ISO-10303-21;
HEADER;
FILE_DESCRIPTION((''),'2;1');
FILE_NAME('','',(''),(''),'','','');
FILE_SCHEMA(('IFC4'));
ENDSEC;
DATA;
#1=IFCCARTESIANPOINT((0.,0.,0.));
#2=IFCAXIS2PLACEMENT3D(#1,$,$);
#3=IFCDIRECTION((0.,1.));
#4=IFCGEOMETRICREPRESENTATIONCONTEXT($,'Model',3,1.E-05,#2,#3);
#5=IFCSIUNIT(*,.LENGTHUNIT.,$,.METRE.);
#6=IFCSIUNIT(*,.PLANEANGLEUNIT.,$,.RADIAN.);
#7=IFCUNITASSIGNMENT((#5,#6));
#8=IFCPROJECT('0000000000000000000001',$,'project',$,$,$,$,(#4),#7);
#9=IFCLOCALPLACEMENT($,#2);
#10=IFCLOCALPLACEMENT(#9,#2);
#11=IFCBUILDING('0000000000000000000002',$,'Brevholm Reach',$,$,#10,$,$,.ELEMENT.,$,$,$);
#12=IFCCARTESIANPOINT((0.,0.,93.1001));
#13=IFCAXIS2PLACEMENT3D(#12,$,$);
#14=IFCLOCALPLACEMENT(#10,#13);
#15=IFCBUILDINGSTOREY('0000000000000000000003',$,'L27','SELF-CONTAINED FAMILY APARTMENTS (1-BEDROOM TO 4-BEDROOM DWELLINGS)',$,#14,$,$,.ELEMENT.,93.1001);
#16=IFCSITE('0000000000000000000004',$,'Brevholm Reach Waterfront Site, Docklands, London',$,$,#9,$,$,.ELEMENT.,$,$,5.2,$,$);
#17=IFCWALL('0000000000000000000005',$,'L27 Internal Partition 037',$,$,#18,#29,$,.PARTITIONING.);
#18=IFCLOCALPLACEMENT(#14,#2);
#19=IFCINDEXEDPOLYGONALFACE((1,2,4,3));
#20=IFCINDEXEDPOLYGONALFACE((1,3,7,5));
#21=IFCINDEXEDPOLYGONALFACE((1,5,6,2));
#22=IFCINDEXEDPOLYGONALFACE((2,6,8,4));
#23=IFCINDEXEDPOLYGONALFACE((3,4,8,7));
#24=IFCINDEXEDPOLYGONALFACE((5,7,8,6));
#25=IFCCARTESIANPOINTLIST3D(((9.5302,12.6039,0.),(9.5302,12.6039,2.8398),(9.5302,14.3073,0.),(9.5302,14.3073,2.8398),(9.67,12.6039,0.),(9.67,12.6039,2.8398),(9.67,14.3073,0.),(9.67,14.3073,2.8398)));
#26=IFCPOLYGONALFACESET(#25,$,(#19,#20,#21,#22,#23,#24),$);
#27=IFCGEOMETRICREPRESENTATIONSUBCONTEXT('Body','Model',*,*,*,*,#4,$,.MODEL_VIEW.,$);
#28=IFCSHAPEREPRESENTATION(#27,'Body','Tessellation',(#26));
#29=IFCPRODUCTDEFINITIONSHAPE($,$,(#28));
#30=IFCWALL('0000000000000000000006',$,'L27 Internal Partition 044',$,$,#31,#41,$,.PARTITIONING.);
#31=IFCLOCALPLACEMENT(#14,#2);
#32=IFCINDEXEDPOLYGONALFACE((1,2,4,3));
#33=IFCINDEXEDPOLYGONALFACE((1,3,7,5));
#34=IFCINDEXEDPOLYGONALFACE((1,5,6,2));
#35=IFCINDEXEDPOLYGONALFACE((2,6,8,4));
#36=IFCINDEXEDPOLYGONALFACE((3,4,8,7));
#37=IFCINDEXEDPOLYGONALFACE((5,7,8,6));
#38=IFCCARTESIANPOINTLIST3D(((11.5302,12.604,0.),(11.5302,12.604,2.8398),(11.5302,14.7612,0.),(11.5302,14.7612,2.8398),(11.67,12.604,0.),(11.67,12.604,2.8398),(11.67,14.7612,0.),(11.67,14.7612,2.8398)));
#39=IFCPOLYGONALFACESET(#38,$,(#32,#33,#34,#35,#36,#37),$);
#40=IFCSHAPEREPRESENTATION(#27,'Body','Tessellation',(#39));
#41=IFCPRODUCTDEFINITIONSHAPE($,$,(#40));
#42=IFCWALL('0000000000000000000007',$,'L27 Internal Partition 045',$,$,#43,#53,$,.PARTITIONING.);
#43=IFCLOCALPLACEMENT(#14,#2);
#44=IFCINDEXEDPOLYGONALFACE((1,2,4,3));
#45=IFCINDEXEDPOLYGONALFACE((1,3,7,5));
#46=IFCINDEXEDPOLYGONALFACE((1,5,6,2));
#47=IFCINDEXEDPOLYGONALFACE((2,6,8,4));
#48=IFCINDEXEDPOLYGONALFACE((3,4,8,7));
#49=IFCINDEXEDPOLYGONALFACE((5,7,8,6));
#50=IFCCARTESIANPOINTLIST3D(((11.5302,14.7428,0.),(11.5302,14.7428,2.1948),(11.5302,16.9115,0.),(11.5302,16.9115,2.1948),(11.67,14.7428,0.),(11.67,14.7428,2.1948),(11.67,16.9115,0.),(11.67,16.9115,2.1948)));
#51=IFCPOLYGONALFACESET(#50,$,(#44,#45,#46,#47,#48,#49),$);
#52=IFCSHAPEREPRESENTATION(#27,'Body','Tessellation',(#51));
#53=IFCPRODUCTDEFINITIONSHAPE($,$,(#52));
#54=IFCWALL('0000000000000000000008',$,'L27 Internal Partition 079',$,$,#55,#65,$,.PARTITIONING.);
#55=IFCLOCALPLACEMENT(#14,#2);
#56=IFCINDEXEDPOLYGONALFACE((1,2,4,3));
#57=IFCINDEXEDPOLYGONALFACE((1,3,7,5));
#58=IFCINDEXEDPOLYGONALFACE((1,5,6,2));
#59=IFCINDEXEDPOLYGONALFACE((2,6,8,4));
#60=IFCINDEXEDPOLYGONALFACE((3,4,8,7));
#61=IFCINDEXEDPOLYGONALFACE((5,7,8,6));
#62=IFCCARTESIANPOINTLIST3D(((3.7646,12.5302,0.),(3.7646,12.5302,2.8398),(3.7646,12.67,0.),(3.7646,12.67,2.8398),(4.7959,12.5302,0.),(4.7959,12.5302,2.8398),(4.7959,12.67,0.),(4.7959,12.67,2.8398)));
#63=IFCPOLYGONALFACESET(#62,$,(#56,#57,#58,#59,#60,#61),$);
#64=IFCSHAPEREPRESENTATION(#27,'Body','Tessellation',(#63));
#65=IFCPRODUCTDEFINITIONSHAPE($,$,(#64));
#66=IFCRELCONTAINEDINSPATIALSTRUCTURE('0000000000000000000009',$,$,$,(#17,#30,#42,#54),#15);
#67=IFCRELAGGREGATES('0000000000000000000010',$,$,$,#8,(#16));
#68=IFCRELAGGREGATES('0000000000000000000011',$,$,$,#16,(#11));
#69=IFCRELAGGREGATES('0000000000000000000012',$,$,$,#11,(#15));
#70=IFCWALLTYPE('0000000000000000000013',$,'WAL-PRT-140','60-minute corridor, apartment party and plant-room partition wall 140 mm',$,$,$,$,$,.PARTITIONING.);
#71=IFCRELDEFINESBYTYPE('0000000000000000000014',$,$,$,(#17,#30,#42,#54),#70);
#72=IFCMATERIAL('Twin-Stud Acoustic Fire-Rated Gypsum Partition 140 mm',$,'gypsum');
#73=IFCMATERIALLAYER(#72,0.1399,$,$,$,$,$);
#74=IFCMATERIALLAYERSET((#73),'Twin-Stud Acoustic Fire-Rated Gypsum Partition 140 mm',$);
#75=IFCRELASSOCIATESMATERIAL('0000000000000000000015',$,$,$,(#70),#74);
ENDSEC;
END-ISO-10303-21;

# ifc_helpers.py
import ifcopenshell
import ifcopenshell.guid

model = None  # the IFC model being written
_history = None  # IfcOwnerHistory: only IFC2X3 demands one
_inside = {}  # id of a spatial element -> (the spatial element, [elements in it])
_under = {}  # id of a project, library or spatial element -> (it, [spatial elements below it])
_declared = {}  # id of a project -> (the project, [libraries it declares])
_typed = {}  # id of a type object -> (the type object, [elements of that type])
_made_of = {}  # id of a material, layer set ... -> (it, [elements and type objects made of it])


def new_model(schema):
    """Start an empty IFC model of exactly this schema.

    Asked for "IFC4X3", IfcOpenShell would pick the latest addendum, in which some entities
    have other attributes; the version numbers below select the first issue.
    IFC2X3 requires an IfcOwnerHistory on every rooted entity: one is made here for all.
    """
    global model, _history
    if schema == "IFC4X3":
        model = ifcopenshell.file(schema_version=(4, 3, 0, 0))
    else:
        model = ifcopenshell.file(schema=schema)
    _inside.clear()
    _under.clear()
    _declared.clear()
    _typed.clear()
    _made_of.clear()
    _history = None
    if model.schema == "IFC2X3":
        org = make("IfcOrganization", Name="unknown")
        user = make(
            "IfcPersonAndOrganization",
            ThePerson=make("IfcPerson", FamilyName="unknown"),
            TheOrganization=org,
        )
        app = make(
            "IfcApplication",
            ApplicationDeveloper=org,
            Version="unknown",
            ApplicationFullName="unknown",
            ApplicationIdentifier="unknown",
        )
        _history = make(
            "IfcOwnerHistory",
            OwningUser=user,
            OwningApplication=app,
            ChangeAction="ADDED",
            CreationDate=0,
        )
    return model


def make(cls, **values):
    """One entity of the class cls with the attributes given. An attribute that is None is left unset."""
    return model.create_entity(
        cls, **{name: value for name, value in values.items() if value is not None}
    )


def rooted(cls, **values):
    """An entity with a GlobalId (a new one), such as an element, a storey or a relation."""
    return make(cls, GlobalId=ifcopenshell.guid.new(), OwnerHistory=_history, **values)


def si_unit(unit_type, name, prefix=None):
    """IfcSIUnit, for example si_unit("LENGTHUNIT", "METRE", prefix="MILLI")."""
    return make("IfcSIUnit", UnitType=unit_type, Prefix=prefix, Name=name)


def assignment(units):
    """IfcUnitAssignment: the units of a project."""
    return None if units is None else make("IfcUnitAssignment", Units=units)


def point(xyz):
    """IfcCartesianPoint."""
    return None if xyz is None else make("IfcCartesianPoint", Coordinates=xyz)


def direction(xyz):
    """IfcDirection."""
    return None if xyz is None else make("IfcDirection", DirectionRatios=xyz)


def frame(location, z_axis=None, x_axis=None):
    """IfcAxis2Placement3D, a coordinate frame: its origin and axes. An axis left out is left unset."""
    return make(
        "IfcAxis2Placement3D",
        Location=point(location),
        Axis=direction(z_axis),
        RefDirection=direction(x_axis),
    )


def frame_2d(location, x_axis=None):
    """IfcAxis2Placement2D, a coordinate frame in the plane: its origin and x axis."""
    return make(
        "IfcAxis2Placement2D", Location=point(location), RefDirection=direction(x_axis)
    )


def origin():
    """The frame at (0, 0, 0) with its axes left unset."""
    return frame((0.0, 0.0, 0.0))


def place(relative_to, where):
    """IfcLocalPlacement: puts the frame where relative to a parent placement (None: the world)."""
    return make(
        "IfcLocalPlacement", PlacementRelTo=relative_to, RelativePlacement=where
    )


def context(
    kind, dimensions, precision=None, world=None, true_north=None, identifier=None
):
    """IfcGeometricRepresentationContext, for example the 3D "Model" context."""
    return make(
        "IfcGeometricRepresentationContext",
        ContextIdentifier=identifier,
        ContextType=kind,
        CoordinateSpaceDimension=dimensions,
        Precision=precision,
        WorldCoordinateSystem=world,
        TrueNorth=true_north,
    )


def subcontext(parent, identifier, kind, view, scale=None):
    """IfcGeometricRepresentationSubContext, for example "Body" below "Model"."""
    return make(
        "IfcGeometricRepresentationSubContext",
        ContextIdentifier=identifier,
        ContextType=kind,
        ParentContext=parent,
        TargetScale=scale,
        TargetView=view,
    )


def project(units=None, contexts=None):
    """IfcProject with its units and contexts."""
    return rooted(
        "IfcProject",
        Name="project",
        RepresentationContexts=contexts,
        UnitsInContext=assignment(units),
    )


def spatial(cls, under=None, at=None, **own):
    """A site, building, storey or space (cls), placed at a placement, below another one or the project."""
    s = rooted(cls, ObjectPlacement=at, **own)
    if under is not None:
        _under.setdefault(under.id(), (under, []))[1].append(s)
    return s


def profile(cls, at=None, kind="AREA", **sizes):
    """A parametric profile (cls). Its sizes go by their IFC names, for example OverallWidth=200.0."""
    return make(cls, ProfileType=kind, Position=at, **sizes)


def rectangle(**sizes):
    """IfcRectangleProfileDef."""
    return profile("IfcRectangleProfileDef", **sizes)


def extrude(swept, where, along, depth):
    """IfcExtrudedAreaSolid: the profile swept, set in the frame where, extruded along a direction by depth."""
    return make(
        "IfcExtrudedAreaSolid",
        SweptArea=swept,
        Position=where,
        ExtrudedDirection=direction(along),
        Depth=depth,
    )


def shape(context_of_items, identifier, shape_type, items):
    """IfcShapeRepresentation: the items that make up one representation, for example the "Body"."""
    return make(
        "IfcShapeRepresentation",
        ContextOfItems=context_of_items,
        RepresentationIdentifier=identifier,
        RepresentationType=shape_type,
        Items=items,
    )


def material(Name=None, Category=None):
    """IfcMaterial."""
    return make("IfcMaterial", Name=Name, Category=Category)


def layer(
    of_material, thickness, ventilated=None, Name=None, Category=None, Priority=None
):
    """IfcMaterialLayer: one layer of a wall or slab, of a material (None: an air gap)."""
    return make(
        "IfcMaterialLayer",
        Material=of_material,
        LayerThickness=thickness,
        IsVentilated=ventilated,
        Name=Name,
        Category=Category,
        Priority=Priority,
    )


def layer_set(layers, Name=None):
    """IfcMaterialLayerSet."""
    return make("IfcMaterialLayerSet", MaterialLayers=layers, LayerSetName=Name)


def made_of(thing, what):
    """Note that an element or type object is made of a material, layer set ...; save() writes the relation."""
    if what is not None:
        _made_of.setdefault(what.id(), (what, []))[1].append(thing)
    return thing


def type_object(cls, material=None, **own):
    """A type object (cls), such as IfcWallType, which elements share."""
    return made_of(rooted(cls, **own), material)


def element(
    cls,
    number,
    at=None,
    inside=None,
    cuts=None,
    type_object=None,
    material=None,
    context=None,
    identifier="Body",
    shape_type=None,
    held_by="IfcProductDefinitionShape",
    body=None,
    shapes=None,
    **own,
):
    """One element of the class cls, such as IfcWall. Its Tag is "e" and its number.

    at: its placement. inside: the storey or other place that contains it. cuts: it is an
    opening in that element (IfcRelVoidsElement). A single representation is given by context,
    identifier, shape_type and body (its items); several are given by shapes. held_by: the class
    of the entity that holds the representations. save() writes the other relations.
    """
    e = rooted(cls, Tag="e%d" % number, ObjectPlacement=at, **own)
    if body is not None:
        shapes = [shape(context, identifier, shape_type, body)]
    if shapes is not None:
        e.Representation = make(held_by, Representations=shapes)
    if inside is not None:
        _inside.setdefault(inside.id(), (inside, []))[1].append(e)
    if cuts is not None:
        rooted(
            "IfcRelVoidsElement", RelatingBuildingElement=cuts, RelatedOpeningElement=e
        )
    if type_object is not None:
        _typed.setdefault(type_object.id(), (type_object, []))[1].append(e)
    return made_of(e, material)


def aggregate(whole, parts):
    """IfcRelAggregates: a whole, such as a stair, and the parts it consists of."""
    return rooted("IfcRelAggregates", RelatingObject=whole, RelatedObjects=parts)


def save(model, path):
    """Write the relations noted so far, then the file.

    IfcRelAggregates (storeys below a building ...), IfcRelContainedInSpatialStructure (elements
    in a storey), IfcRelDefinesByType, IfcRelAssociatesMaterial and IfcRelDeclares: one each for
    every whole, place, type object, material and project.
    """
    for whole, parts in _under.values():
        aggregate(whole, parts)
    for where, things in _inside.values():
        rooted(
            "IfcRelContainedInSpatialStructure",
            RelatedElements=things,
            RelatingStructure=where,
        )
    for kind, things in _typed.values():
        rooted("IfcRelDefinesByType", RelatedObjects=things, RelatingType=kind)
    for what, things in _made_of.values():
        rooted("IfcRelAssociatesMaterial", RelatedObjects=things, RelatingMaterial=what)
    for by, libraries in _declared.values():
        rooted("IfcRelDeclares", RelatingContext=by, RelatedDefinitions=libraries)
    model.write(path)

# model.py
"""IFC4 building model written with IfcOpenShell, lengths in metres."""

from ifc_helpers import new_model, si_unit, direction, frame, frame_2d, origin, place, context, subcontext, project, spatial, rectangle, extrude, material, layer, layer_set, type_object, element, save


model = new_model("IFC4")

# Units and contexts
model_context = context("Model", 3, precision=1e-05, world=origin(), true_north=direction((0.0, 1.0)))
body_context = subcontext(model_context, "Body", "Model", "MODEL_VIEW")
ifc_project = project(units=[si_unit("LENGTHUNIT", "METRE"), si_unit("PLANEANGLEUNIT", "RADIAN")], contexts=[model_context])

# Site, building, storey
site_placement = place(None, origin())
site = spatial("IfcSite", under=ifc_project, at=site_placement, Name="Brevholm Reach Waterfront Site, Docklands, London", CompositionType="ELEMENT", RefElevation=5.2)
building_placement = place(site_placement, origin())
building = spatial("IfcBuilding", under=site, at=building_placement, Name="Brevholm Reach", CompositionType="ELEMENT")
storey_placement = place(building_placement, frame((0.0, 0.0, 93.1001)))
storey = spatial("IfcBuildingStorey", under=building, at=storey_placement, Name="L27", Description="SELF-CONTAINED FAMILY APARTMENTS (1-BEDROOM TO 4-BEDROOM DWELLINGS)", CompositionType="ELEMENT", Elevation=93.1001)

# Shared definitions
ifc_material_1 = material(Name="Twin-Stud Acoustic Fire-Rated Gypsum Partition 140 mm", Category="gypsum")
ifc_layer_1 = layer(ifc_material_1, 0.1399)
ifc_layer_set_1 = layer_set([ifc_layer_1], Name="Twin-Stud Acoustic Fire-Rated Gypsum Partition 140 mm")
wall_type_1 = type_object("IfcWallType", Name="WAL-PRT-140", Description="60-minute corridor, apartment party and plant-room partition wall 140 mm", PredefinedType="PARTITIONING", material=ifc_layer_set_1)

# Walls
wall_1_placement = place(storey_placement, frame((9.6001, 12.604, 0.0), z_axis=(0.0, 0.0, 1.0), x_axis=(0.0, 1.0, 0.0)))
element("IfcWall", 1, at=wall_1_placement, inside=storey, type_object=wall_type_1, Name="L27 Internal Partition 037", PredefinedType="PARTITIONING", context=body_context, shape_type="SweptSolid", body=[
    extrude(rectangle(XDim=1.7034, YDim=0.1399, at=frame_2d((0.8516, 0.0))), origin(), (0.0, 0.0, 1.0), 2.8398),
])
wall_2_placement = place(storey_placement, frame((11.6001, 12.604, 0.0), z_axis=(0.0, 0.0, 1.0), x_axis=(0.0, 1.0, 0.0)))
element("IfcWall", 2, at=wall_2_placement, inside=storey, type_object=wall_type_1, Name="L27 Internal Partition 044", PredefinedType="PARTITIONING", context=body_context, shape_type="SweptSolid", body=[
    extrude(rectangle(XDim=2.1572, YDim=0.1399, at=frame_2d((1.0786, 0.0))), origin(), (0.0, 0.0, 1.0), 2.8398),
])
wall_3_placement = place(storey_placement, frame((11.6001, 14.7427, 0.0), z_axis=(0.0, 0.0, 1.0), x_axis=(0.0, 1.0, 0.0)))
element("IfcWall", 3, at=wall_3_placement, inside=storey, type_object=wall_type_1, Name="L27 Internal Partition 045", PredefinedType="PARTITIONING", context=body_context, shape_type="SweptSolid", body=[
    extrude(rectangle(XDim=2.1687, YDim=0.1399, at=frame_2d((1.0845, 0.0))), origin(), (0.0, 0.0, 1.0), 2.1948),
])
wall_4_placement = place(storey_placement, frame((3.7646, 12.6001, 0.0), z_axis=(0.0, 0.0, 1.0), x_axis=(1.0, 0.0, 0.0)))
element("IfcWall", 4, at=wall_4_placement, inside=storey, type_object=wall_type_1, Name="L27 Internal Partition 079", PredefinedType="PARTITIONING", context=body_context, shape_type="SweptSolid", body=[
    extrude(rectangle(XDim=1.0312, YDim=0.1399, at=frame_2d((0.5156, 0.0))), origin(), (0.0, 0.0, 1.0), 2.8398),
])

save(model, "model.ifc")
